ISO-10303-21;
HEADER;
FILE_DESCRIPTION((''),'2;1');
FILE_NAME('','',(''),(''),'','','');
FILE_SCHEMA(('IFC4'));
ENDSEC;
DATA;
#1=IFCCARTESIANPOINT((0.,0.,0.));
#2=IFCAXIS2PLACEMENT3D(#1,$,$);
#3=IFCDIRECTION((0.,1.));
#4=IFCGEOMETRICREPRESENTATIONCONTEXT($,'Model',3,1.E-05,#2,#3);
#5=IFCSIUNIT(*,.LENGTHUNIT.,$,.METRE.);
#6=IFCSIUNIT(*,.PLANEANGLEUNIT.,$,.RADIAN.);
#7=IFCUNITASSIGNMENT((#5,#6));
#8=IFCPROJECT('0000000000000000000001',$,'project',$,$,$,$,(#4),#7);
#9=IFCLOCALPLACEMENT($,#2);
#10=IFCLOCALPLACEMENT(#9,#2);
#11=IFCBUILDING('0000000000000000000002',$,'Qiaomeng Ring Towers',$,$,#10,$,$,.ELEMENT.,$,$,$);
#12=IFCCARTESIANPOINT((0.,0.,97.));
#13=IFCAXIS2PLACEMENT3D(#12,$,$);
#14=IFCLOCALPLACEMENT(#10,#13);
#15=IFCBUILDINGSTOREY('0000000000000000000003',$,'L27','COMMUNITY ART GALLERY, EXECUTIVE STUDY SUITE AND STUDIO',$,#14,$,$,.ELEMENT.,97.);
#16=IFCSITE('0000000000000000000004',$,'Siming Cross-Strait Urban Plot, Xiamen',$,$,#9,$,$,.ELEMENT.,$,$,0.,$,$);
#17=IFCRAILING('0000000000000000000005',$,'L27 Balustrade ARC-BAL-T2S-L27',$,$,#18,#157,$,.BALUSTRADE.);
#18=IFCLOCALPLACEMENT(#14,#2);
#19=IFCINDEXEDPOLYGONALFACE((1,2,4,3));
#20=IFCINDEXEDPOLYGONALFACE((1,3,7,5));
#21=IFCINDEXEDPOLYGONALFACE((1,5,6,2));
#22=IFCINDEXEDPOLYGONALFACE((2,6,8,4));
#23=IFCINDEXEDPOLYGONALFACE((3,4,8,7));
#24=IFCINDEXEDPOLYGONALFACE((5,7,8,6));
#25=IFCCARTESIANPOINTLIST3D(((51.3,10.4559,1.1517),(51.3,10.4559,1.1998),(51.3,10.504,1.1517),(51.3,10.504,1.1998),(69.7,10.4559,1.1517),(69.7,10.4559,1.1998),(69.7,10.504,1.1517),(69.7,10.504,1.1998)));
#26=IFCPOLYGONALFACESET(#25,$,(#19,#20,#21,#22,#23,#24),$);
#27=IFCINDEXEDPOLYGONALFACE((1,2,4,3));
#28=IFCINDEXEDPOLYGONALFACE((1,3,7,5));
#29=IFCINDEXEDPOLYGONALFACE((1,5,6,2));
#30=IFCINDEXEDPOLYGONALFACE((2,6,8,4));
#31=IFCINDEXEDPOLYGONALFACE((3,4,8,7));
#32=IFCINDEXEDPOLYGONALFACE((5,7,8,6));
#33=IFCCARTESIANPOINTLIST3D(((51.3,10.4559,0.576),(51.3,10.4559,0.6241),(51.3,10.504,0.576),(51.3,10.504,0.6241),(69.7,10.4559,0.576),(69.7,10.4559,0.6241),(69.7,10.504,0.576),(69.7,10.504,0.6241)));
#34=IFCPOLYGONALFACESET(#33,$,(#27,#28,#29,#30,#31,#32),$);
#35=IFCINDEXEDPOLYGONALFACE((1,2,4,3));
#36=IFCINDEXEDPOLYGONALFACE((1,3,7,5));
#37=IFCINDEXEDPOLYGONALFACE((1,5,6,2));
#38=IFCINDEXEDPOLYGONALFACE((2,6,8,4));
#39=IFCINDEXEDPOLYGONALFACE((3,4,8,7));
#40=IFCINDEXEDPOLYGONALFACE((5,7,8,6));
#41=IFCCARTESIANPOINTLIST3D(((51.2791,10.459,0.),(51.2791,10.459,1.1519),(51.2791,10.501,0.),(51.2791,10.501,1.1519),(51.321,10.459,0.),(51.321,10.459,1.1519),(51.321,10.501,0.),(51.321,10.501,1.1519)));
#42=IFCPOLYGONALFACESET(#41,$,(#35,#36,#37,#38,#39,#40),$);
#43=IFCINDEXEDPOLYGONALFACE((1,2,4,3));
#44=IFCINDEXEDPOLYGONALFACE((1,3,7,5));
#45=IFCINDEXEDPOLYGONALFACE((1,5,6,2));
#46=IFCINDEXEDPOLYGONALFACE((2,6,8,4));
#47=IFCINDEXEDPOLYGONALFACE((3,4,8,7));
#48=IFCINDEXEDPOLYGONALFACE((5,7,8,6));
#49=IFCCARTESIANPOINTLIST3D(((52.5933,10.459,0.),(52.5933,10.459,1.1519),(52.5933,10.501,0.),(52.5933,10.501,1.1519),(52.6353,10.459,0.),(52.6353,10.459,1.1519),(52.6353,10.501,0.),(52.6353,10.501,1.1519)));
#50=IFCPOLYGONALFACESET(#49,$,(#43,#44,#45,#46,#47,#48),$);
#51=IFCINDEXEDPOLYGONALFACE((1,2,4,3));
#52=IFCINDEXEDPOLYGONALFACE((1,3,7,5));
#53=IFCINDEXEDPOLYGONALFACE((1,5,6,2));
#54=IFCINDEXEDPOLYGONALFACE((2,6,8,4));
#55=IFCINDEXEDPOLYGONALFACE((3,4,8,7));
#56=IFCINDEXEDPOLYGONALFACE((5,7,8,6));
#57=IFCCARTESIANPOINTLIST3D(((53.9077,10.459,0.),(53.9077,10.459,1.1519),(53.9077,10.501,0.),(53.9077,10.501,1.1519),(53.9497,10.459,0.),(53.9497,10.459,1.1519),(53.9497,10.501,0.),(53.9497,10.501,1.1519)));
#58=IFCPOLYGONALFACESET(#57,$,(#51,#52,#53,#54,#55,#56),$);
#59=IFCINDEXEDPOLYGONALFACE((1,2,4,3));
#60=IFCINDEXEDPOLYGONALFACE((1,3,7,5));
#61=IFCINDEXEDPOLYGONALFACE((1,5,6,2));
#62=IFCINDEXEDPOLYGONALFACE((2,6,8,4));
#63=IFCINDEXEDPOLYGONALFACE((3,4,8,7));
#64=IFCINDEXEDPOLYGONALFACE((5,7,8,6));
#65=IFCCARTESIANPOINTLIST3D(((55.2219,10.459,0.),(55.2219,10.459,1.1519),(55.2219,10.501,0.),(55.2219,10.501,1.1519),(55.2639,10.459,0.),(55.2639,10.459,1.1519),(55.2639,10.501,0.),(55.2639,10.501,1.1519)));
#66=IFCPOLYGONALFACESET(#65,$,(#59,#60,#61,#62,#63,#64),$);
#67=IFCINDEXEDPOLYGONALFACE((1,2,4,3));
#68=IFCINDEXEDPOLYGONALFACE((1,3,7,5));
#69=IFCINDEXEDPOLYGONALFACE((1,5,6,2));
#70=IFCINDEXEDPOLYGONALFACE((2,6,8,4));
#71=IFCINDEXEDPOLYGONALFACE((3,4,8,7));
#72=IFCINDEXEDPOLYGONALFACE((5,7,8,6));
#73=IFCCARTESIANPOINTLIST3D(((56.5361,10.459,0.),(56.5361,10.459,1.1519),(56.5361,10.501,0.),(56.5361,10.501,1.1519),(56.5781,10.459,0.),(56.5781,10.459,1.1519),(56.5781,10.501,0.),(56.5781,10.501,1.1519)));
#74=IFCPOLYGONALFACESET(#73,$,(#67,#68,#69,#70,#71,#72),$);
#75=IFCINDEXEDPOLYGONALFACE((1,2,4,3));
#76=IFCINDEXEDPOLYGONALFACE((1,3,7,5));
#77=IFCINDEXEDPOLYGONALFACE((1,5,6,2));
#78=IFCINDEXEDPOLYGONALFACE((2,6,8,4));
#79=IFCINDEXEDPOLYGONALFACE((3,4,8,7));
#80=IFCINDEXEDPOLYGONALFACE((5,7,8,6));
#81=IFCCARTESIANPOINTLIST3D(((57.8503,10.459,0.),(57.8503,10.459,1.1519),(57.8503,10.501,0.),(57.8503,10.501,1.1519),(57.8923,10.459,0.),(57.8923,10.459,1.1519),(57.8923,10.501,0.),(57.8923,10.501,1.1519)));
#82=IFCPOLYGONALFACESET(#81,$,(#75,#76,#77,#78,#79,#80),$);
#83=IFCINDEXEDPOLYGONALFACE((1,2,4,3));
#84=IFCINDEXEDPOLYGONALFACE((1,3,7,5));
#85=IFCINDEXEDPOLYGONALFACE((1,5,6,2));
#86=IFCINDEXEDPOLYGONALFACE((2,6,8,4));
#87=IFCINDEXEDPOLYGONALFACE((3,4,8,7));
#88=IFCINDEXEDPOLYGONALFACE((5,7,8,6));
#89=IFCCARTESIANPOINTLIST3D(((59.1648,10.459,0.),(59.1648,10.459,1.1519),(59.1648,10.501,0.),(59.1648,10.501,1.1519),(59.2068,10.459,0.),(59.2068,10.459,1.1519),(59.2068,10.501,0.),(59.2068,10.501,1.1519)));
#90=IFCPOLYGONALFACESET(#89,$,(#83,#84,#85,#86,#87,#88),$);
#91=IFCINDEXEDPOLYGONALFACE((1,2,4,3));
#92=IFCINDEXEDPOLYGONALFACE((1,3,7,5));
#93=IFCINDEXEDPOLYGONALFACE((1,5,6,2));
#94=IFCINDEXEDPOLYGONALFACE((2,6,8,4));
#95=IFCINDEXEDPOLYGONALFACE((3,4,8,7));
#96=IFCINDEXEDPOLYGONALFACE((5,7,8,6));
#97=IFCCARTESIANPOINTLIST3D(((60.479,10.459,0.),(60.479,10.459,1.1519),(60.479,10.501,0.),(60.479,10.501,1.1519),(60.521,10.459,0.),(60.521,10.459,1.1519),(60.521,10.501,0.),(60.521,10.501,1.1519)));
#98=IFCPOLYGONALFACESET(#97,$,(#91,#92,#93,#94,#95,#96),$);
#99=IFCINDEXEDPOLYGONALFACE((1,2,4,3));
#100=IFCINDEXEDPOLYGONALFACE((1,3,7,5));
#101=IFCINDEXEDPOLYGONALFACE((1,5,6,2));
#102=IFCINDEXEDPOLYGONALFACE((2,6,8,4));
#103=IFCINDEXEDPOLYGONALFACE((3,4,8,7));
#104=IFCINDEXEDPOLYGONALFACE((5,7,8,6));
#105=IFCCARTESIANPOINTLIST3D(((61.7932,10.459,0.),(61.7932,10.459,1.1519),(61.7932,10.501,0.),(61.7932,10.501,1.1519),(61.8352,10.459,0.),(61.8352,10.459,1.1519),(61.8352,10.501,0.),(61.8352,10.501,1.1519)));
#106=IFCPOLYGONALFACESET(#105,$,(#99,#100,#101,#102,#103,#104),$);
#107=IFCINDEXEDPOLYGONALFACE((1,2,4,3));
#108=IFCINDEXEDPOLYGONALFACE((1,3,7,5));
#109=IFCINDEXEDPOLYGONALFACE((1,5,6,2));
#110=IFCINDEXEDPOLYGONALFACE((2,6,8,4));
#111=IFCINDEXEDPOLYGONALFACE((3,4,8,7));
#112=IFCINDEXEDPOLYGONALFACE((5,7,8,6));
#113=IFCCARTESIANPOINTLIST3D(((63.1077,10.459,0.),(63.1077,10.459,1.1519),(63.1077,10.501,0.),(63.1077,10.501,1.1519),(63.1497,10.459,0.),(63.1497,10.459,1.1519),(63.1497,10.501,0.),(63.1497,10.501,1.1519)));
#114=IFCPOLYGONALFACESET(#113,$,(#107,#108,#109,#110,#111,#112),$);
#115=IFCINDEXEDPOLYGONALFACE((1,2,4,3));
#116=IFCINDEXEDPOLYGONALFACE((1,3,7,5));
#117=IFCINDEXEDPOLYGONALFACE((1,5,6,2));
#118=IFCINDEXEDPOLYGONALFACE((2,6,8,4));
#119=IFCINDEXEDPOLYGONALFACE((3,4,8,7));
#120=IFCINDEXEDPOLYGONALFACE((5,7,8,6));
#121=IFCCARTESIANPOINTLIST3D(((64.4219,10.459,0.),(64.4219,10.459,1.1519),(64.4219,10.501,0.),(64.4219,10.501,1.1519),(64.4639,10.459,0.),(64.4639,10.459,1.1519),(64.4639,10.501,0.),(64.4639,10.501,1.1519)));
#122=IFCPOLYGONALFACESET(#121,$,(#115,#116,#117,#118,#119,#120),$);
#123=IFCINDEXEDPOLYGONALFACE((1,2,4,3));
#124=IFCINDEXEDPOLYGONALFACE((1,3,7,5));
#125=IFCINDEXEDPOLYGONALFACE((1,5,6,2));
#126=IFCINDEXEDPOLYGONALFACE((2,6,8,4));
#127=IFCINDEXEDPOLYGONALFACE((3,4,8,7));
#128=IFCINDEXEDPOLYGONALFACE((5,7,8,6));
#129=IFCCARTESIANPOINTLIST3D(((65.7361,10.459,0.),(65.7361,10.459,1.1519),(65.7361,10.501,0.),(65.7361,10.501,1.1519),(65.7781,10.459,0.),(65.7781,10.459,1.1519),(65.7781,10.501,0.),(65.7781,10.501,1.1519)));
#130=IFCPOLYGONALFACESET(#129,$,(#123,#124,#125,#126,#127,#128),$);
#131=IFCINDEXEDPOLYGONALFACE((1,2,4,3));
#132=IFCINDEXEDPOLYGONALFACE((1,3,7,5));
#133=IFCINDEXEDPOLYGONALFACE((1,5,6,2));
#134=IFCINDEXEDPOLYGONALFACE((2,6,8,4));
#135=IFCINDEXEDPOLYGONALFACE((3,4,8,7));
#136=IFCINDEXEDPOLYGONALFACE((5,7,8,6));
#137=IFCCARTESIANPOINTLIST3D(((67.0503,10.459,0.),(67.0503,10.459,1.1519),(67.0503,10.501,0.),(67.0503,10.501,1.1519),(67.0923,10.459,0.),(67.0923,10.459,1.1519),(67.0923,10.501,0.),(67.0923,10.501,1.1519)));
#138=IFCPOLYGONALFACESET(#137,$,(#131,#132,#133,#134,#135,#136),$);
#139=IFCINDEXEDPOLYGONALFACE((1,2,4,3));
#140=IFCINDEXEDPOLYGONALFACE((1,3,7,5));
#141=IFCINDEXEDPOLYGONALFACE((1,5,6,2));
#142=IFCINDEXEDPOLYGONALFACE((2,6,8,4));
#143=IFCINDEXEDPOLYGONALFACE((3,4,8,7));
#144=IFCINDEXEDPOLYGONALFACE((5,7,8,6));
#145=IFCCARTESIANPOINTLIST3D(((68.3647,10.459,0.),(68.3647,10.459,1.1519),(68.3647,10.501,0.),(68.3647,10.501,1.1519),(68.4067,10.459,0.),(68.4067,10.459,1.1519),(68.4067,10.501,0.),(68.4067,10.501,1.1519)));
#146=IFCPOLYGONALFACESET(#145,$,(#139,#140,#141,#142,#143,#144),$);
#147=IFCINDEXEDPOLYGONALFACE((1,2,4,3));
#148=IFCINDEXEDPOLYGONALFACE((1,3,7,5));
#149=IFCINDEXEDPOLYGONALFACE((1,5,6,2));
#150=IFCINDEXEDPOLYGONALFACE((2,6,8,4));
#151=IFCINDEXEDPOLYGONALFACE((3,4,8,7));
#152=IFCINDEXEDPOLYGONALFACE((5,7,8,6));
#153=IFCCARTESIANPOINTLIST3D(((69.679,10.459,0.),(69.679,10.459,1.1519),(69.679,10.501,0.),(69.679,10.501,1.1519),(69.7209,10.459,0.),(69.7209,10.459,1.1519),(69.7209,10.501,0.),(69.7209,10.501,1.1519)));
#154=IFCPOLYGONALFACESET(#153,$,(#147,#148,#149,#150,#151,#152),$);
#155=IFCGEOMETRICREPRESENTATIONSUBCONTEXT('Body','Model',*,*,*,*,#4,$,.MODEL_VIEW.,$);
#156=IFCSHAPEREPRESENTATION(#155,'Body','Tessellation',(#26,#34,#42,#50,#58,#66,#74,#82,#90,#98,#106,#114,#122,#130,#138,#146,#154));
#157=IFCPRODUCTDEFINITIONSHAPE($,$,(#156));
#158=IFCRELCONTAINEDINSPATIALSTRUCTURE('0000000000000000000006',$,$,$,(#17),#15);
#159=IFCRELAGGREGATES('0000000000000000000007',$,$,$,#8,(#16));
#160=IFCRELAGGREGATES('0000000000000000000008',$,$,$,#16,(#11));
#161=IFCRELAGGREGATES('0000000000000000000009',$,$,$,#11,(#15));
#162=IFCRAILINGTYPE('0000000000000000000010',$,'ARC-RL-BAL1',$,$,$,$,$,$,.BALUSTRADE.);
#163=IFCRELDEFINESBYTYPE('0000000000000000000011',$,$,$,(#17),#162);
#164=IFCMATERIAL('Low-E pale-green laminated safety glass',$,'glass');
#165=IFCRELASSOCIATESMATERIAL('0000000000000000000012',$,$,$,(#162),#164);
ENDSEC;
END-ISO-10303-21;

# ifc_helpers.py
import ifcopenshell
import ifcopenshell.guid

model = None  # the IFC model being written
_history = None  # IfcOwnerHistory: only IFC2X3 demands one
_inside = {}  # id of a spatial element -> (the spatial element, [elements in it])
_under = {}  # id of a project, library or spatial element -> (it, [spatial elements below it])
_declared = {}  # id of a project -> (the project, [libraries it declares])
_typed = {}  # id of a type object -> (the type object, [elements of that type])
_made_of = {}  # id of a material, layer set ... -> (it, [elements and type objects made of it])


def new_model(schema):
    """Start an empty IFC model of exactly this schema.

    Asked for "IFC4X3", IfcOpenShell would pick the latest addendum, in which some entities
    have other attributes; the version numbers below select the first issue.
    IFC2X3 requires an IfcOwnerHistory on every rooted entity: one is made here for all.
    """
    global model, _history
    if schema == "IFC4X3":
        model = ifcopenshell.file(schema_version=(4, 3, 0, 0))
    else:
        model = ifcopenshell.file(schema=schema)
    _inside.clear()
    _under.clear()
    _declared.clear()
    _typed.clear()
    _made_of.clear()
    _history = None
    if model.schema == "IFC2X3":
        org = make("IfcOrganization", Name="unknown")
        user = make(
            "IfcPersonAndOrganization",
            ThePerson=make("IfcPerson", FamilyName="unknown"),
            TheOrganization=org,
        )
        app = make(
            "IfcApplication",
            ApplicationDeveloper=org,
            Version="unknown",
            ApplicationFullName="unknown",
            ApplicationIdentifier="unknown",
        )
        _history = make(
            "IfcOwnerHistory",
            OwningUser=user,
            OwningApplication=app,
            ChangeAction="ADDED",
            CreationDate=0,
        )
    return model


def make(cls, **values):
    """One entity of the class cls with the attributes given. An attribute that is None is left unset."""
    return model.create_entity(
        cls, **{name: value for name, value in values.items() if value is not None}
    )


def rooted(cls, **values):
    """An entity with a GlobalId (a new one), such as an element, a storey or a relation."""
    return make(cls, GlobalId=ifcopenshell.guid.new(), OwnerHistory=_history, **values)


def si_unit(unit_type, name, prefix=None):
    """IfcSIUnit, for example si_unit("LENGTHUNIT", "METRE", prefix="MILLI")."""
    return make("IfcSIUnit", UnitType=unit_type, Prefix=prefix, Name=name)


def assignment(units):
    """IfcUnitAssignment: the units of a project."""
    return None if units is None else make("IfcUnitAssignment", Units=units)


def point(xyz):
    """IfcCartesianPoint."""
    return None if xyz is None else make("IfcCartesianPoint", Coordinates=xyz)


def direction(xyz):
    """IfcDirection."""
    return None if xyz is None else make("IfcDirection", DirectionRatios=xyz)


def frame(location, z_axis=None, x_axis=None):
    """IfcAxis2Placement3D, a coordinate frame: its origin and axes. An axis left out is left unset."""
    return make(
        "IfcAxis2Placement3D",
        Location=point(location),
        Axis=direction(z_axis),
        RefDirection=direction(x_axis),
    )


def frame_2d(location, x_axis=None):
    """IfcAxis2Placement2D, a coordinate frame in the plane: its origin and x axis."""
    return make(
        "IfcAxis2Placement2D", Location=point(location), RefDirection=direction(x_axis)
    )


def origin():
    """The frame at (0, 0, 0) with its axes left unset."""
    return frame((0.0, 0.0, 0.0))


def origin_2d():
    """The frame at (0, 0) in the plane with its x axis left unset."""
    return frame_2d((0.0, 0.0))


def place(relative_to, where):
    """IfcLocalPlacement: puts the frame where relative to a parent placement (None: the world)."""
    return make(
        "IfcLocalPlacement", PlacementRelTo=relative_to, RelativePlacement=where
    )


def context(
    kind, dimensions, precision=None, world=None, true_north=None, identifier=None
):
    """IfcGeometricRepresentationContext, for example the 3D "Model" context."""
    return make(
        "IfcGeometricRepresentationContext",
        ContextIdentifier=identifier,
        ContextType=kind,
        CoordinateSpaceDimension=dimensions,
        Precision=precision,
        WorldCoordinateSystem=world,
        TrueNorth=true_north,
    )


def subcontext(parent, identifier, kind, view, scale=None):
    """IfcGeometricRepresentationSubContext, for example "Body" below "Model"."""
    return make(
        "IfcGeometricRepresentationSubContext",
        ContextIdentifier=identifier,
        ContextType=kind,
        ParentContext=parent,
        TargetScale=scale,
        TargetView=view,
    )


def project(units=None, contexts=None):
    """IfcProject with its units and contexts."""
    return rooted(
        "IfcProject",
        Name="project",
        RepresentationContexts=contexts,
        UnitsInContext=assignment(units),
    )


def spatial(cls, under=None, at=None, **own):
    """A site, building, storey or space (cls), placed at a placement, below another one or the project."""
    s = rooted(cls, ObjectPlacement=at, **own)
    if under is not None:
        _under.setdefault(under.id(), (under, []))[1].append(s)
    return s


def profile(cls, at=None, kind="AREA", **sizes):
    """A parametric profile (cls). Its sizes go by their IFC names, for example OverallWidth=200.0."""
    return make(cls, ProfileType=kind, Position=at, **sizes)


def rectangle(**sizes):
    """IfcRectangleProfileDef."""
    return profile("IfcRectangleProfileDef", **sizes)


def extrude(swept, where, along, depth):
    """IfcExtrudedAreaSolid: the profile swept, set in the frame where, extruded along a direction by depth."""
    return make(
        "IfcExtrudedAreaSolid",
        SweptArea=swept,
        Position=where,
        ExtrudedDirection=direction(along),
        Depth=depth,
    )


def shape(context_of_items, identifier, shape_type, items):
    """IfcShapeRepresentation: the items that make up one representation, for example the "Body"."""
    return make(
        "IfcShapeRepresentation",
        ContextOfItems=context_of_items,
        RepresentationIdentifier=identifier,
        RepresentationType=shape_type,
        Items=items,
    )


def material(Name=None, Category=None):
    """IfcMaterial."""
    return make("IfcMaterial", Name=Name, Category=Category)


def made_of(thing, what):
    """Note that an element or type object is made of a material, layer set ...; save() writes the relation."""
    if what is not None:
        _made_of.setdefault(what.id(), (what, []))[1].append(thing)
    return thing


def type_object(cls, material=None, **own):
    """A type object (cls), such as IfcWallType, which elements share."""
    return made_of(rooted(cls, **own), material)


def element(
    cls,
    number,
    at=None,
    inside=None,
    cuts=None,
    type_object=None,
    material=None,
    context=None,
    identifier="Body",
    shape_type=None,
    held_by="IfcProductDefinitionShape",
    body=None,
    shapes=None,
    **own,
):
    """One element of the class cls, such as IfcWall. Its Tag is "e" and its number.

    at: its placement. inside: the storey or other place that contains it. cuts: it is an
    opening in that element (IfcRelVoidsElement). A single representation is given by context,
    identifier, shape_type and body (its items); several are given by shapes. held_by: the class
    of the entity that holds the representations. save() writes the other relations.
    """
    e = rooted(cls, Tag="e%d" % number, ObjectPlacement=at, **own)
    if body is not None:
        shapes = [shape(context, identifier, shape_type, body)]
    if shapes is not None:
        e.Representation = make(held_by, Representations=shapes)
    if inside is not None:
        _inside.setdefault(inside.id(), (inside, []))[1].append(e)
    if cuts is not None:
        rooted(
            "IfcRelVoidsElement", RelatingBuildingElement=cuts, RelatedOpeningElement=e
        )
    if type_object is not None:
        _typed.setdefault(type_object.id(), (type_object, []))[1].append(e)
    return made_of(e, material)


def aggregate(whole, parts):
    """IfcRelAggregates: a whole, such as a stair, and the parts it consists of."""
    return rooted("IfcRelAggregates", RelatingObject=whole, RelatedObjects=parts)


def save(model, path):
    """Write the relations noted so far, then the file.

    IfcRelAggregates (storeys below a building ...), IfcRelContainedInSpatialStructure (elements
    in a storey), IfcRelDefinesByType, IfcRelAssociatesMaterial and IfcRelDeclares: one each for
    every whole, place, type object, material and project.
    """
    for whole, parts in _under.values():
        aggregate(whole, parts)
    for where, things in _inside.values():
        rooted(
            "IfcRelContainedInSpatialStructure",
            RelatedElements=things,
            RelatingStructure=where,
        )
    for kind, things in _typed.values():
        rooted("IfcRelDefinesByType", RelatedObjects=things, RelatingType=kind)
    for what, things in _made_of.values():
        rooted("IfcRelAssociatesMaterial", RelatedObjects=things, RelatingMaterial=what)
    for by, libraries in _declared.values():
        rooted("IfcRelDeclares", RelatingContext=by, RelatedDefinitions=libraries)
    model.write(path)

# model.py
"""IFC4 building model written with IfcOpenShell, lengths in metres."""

from ifc_helpers import new_model, si_unit, direction, frame, origin, origin_2d, place, context, subcontext, project, spatial, rectangle, extrude, material, type_object, element, save


model = new_model("IFC4")

# Units and contexts
model_context = context("Model", 3, precision=1e-05, world=origin(), true_north=direction((0.0, 1.0)))
body_context = subcontext(model_context, "Body", "Model", "MODEL_VIEW")
ifc_project = project(units=[si_unit("LENGTHUNIT", "METRE"), si_unit("PLANEANGLEUNIT", "RADIAN")], contexts=[model_context])

# Site, building, storey
site_placement = place(None, origin())
site = spatial("IfcSite", under=ifc_project, at=site_placement, Name="Siming Cross-Strait Urban Plot, Xiamen", CompositionType="ELEMENT", RefElevation=0.0)
building_placement = place(site_placement, origin())
building = spatial("IfcBuilding", under=site, at=building_placement, Name="Qiaomeng Ring Towers", CompositionType="ELEMENT")
storey_placement = place(building_placement, frame((0.0, 0.0, 97.0)))
storey = spatial("IfcBuildingStorey", under=building, at=storey_placement, Name="L27", Description="COMMUNITY ART GALLERY, EXECUTIVE STUDY SUITE AND STUDIO", CompositionType="ELEMENT", Elevation=97.0)

# Railing
ifc_material_1 = material(Name="Low-E pale-green laminated safety glass", Category="glass")
railing_type = type_object("IfcRailingType", Name="ARC-RL-BAL1", PredefinedType="BALUSTRADE", material=ifc_material_1)
railing_1_placement = place(storey_placement, frame((51.3, 10.48, 0.0)))
element("IfcRailing", 1, at=railing_1_placement, inside=storey, type_object=railing_type, Name="L27 Balustrade ARC-BAL-T2S-L27", PredefinedType="BALUSTRADE", context=body_context, shape_type="SweptSolid", body=[
    extrude(rectangle(XDim=0.0481, YDim=0.0481, at=origin_2d()), frame((0.0, 0.0, 1.1758), z_axis=(1.0, 0.0, 0.0), x_axis=(0.0, 1.0, 0.0)), (0.0, 0.0, 1.0), 18.3999),
    extrude(rectangle(XDim=0.0481, YDim=0.0481, at=origin_2d()), frame((0.0, 0.0, 0.6001), z_axis=(1.0, 0.0, 0.0), x_axis=(0.0, 1.0, 0.0)), (0.0, 0.0, 1.0), 18.3999),
    extrude(rectangle(XDim=0.042, YDim=0.042, at=origin_2d()), origin(), (0.0, 0.0, 1.0), 1.1519),
    extrude(rectangle(XDim=0.042, YDim=0.042, at=origin_2d()), frame((1.3142, 0.0, 0.0)), (0.0, 0.0, 1.0), 1.1519),
    extrude(rectangle(XDim=0.042, YDim=0.042, at=origin_2d()), frame((2.6287, 0.0, 0.0)), (0.0, 0.0, 1.0), 1.1519),
    extrude(rectangle(XDim=0.042, YDim=0.042, at=origin_2d()), frame((3.9429, 0.0, 0.0)), (0.0, 0.0, 1.0), 1.1519),
    extrude(rectangle(XDim=0.042, YDim=0.042, at=origin_2d()), frame((5.2571, 0.0, 0.0)), (0.0, 0.0, 1.0), 1.1519),
    extrude(rectangle(XDim=0.042, YDim=0.042, at=origin_2d()), frame((6.5713, 0.0, 0.0)), (0.0, 0.0, 1.0), 1.1519),
    extrude(rectangle(XDim=0.042, YDim=0.042, at=origin_2d()), frame((7.8857, 0.0, 0.0)), (0.0, 0.0, 1.0), 1.1519),
    extrude(rectangle(XDim=0.042, YDim=0.042, at=origin_2d()), frame((9.2, 0.0, 0.0)), (0.0, 0.0, 1.0), 1.1519),
    extrude(rectangle(XDim=0.042, YDim=0.042, at=origin_2d()), frame((10.5142, 0.0, 0.0)), (0.0, 0.0, 1.0), 1.1519),
    extrude(rectangle(XDim=0.042, YDim=0.042, at=origin_2d()), frame((11.8286, 0.0, 0.0)), (0.0, 0.0, 1.0), 1.1519),
    extrude(rectangle(XDim=0.042, YDim=0.042, at=origin_2d()), frame((13.1428, 0.0, 0.0)), (0.0, 0.0, 1.0), 1.1519),
    extrude(rectangle(XDim=0.042, YDim=0.042, at=origin_2d()), frame((14.457, 0.0, 0.0)), (0.0, 0.0, 1.0), 1.1519),
    extrude(rectangle(XDim=0.042, YDim=0.042, at=origin_2d()), frame((15.7712, 0.0, 0.0)), (0.0, 0.0, 1.0), 1.1519),
    extrude(rectangle(XDim=0.042, YDim=0.042, at=origin_2d()), frame((17.0857, 0.0, 0.0)), (0.0, 0.0, 1.0), 1.1519),
    extrude(rectangle(XDim=0.042, YDim=0.042, at=origin_2d()), frame((18.3999, 0.0, 0.0)), (0.0, 0.0, 1.0), 1.1519),
])

save(model, "model.ifc")
